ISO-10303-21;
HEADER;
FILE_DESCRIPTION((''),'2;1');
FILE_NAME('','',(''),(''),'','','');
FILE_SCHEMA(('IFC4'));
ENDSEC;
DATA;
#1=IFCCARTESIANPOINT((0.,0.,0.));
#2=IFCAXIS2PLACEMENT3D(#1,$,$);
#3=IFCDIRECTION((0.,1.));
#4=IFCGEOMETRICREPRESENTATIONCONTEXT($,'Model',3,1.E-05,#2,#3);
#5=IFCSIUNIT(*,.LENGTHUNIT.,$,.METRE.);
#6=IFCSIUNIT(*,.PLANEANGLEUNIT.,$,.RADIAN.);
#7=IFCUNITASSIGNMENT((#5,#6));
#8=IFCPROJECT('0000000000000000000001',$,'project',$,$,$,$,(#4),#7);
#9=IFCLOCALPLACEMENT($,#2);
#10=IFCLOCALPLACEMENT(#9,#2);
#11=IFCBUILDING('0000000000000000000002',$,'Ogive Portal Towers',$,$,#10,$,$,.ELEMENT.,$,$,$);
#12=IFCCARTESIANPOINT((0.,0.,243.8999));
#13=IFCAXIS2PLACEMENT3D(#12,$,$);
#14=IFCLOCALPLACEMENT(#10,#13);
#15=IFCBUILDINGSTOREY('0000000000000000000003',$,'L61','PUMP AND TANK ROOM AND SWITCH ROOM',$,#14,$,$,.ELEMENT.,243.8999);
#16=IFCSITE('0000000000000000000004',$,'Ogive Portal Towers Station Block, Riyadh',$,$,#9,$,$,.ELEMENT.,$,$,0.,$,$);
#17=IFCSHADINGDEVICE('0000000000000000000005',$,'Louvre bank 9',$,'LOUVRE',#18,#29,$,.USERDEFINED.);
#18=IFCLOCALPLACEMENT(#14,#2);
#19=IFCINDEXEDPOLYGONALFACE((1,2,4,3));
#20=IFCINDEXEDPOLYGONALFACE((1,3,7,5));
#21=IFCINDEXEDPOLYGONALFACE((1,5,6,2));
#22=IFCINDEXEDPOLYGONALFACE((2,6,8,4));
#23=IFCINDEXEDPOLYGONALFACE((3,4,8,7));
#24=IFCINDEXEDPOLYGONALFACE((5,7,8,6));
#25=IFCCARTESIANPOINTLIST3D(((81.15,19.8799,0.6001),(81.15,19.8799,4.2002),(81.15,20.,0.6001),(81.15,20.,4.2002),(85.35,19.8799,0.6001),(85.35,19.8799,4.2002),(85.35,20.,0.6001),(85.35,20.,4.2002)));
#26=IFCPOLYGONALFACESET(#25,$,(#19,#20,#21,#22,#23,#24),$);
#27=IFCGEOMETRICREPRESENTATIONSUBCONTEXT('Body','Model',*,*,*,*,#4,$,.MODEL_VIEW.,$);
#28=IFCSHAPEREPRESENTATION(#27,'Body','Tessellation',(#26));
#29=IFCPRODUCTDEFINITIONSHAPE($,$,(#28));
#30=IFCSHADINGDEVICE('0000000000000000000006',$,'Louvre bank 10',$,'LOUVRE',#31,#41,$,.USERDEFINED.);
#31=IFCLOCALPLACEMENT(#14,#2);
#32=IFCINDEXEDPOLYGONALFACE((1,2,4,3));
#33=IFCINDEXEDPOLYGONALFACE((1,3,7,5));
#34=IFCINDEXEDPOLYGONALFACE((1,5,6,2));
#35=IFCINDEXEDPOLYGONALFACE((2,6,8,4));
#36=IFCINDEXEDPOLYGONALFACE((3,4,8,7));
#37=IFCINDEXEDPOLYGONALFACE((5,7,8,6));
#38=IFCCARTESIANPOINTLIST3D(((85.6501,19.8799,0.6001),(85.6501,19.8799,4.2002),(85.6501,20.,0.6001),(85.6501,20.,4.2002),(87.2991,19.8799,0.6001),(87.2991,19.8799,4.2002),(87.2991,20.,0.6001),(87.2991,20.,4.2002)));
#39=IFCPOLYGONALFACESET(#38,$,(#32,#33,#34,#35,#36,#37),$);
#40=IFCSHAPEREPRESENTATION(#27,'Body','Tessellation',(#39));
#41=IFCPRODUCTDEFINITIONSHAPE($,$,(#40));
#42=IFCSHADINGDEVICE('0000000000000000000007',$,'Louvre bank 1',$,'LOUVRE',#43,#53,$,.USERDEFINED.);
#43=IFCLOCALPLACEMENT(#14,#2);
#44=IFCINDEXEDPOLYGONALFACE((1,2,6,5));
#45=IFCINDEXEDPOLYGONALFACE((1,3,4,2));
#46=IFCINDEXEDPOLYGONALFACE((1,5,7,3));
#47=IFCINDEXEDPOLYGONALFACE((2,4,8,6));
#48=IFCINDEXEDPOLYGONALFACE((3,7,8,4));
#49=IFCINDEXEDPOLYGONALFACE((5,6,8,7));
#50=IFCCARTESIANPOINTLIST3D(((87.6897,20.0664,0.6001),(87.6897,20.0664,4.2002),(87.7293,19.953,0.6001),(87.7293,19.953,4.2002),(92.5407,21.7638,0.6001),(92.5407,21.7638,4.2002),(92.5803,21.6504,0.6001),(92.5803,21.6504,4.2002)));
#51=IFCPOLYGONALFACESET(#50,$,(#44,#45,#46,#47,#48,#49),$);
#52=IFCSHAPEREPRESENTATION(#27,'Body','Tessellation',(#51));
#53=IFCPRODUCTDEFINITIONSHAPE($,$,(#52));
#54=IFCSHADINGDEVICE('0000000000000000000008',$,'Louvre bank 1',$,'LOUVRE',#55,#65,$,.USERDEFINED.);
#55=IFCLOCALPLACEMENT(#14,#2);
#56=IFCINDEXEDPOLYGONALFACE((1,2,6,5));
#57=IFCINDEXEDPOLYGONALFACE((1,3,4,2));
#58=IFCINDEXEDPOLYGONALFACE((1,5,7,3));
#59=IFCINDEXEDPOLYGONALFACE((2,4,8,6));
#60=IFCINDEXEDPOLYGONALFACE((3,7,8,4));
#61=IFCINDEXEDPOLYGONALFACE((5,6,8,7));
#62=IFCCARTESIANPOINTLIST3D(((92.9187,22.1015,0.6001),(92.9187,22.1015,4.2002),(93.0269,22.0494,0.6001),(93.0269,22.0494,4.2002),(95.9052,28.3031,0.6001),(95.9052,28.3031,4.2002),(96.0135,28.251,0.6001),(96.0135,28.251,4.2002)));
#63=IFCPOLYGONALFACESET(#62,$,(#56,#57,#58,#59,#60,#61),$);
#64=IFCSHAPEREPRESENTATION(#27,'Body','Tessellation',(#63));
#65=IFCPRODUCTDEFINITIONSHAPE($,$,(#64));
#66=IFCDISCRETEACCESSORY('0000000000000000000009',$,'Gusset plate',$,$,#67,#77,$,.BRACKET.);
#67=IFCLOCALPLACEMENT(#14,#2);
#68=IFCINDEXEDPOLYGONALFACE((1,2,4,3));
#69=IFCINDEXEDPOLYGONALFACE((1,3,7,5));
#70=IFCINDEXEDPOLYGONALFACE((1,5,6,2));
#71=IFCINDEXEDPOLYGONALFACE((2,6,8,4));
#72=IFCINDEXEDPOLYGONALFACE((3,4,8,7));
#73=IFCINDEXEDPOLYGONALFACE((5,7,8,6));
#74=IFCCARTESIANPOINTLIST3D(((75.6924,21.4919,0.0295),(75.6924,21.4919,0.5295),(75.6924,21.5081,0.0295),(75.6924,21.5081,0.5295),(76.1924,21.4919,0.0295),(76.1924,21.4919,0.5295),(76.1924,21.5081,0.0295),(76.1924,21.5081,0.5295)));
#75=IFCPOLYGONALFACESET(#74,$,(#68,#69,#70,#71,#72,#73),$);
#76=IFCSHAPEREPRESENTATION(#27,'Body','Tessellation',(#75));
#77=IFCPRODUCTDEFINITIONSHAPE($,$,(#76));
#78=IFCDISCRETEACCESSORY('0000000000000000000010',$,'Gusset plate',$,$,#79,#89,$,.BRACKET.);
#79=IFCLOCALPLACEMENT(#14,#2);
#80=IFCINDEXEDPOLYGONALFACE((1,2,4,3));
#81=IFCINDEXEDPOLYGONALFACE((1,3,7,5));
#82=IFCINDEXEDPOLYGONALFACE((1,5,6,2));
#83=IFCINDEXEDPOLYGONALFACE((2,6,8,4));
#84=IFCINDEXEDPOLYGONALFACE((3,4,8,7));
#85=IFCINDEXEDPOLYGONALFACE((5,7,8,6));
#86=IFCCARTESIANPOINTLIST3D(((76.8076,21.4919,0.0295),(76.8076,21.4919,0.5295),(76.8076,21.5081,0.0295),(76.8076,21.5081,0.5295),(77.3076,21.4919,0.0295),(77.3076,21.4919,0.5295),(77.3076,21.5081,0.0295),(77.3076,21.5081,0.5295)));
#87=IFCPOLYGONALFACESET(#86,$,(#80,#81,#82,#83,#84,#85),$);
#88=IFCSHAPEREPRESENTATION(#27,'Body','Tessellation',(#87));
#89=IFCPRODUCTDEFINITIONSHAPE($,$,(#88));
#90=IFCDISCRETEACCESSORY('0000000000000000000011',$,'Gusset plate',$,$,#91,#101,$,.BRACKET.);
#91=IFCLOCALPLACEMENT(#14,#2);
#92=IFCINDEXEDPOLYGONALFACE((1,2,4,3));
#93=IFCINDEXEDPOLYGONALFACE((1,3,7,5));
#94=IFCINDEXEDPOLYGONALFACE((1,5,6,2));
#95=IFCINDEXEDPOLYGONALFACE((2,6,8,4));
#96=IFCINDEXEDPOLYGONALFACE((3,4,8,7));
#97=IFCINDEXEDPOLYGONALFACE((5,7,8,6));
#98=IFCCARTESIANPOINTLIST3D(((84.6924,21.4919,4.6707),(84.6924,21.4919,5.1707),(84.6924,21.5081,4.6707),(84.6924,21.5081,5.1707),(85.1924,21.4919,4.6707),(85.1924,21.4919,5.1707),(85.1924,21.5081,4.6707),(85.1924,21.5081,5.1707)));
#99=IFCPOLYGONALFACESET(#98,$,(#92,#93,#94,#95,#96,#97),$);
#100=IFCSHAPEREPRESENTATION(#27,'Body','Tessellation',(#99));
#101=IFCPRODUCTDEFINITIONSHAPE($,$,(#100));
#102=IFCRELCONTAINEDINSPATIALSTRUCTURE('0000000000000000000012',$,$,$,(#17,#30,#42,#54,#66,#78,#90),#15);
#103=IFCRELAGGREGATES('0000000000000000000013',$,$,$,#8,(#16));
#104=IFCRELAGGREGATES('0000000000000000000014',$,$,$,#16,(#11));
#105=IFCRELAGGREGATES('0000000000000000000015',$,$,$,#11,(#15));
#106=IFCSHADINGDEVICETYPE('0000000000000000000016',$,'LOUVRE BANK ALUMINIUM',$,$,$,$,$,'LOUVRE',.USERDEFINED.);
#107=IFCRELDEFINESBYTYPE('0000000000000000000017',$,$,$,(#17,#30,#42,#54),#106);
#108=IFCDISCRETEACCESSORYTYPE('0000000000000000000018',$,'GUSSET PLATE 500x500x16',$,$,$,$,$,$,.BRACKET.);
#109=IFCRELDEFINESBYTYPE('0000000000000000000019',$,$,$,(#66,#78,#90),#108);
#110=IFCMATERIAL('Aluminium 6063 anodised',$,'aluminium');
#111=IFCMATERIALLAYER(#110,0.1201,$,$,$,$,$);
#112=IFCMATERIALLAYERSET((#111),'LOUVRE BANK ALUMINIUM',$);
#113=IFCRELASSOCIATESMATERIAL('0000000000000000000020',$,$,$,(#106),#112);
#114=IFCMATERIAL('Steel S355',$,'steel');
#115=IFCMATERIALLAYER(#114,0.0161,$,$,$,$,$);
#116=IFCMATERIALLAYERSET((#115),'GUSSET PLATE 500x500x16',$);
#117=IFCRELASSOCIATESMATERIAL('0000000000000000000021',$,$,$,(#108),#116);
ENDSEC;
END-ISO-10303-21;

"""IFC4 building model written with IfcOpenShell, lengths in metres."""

from ifc_helpers import new_model, si_unit, direction, frame, origin, origin_2d, place, context, subcontext, project, spatial, rectangle, extrude, material, layer, layer_set, type_object, element, save


model = new_model("IFC4")

# Units and contexts
model_context = context("Model", 3, precision=1e-05, world=origin(), true_north=direction((0.0, 1.0)))
body_context = subcontext(model_context, "Body", "Model", "MODEL_VIEW")
ifc_project = project(units=[si_unit("LENGTHUNIT", "METRE"), si_unit("PLANEANGLEUNIT", "RADIAN")], contexts=[model_context])

# Site, building, storey
site_placement = place(None, origin())
site = spatial("IfcSite", under=ifc_project, at=site_placement, Name="Ogive Portal Towers Station Block, Riyadh", CompositionType="ELEMENT", RefElevation=0.0)
building_placement = place(site_placement, origin())
building = spatial("IfcBuilding", under=site, at=building_placement, Name="Ogive Portal Towers", CompositionType="ELEMENT")
storey_placement = place(building_placement, frame((0.0, 0.0, 243.8999)))
storey = spatial("IfcBuildingStorey", under=building, at=storey_placement, Name="L61", Description="PUMP AND TANK ROOM AND SWITCH ROOM", CompositionType="ELEMENT", Elevation=243.8999)

# Shared definitions
ifc_material_1 = material(Name="Steel S355", Category="steel")

# Shading devices
ifc_material_2 = material(Name="Aluminium 6063 anodised", Category="aluminium")
ifc_layer_1 = layer(ifc_material_2, 0.1201)
ifc_layer_set_1 = layer_set([ifc_layer_1], Name="LOUVRE BANK ALUMINIUM")
shading_device_type = type_object("IfcShadingDeviceType", Name="LOUVRE BANK ALUMINIUM", ElementType="LOUVRE", PredefinedType="USERDEFINED", material=ifc_layer_set_1)
for number, where, z_axis, x_axis, name in (
    (1, (83.25, 19.9399, 0.6001), (0.0, 0.0, 1.0), (1.0, 0.0, 0.0), "Louvre bank 9"),
):
    element("IfcShadingDevice", number, at=place(storey_placement, frame(where, z_axis=z_axis, x_axis=x_axis)), inside=storey, type_object=shading_device_type, Name=name, ObjectType="LOUVRE", PredefinedType="USERDEFINED", context=body_context, shape_type="SweptSolid", body=[
        extrude(rectangle(XDim=4.2, YDim=0.1201, at=origin_2d()), origin(), (0.0, 0.0, 1.0), 3.6001),
    ])
shading_device_1_placement = place(storey_placement, frame((86.4746, 19.9399, 0.6001), z_axis=(0.0, 0.0, 1.0), x_axis=(1.0, 0.0, 0.0)))
element("IfcShadingDevice", 2, at=shading_device_1_placement, inside=storey, type_object=shading_device_type, Name="Louvre bank 10", ObjectType="LOUVRE", PredefinedType="USERDEFINED", context=body_context, shape_type="SweptSolid", body=[
    extrude(rectangle(XDim=1.6489, YDim=0.1201, at=origin_2d()), origin(), (0.0, 0.0, 1.0), 3.6001),
])
shading_device_2_placement = place(storey_placement, frame((90.135, 20.8584, 0.6001), z_axis=(0.0, 0.0, 1.0), x_axis=(0.943883, 0.330279, 0.0)))
element("IfcShadingDevice", 3, at=shading_device_2_placement, inside=storey, type_object=shading_device_type, Name="Louvre bank 1", ObjectType="LOUVRE", PredefinedType="USERDEFINED", context=body_context, shape_type="SweptSolid", body=[
    extrude(rectangle(XDim=5.1394, YDim=0.1201, at=origin_2d()), origin(), (0.0, 0.0, 1.0), 3.6001),
])
shading_device_3_placement = place(storey_placement, frame((94.4661, 25.1763, 0.6001), z_axis=(0.0, 0.0, 1.0), x_axis=(0.433884, 0.900969, 0.0)))
element("IfcShadingDevice", 4, at=shading_device_3_placement, inside=storey, type_object=shading_device_type, Name="Louvre bank 1", ObjectType="LOUVRE", PredefinedType="USERDEFINED", context=body_context, shape_type="SweptSolid", body=[
    extrude(rectangle(XDim=6.8833, YDim=0.1201, at=origin_2d()), origin(), (0.0, 0.0, 1.0), 3.6001),
])

# Discrete accessories
ifc_layer_2 = layer(ifc_material_1, 0.0161)
ifc_layer_set_2 = layer_set([ifc_layer_2], Name="GUSSET PLATE 500x500x16")
discrete_accessory_type = type_object("IfcDiscreteAccessoryType", Name="GUSSET PLATE 500x500x16", PredefinedType="BRACKET", material=ifc_layer_set_2)
for number, where, z_axis, x_axis, name in (
    (5, (75.9424, 21.5, 0.0295), (0.0, 0.0, 1.0), (1.0, 0.0, 0.0), "Gusset plate"),
    (6, (77.0576, 21.5, 0.0295), (0.0, 0.0, 1.0), (1.0, 0.0, 0.0), "Gusset plate"),
    (7, (84.9424, 21.5, 4.6707), (0.0, 0.0, 1.0), (1.0, 0.0, 0.0), "Gusset plate"),
):
    element("IfcDiscreteAccessory", number, at=place(storey_placement, frame(where, z_axis=z_axis, x_axis=x_axis)), inside=storey, type_object=discrete_accessory_type, Name=name, PredefinedType="BRACKET", context=body_context, shape_type="SweptSolid", body=[
        extrude(rectangle(XDim=0.5, YDim=0.0161, at=origin_2d()), origin(), (0.0, 0.0, 1.0), 0.5),
    ])

save(model, "model.ifc")
